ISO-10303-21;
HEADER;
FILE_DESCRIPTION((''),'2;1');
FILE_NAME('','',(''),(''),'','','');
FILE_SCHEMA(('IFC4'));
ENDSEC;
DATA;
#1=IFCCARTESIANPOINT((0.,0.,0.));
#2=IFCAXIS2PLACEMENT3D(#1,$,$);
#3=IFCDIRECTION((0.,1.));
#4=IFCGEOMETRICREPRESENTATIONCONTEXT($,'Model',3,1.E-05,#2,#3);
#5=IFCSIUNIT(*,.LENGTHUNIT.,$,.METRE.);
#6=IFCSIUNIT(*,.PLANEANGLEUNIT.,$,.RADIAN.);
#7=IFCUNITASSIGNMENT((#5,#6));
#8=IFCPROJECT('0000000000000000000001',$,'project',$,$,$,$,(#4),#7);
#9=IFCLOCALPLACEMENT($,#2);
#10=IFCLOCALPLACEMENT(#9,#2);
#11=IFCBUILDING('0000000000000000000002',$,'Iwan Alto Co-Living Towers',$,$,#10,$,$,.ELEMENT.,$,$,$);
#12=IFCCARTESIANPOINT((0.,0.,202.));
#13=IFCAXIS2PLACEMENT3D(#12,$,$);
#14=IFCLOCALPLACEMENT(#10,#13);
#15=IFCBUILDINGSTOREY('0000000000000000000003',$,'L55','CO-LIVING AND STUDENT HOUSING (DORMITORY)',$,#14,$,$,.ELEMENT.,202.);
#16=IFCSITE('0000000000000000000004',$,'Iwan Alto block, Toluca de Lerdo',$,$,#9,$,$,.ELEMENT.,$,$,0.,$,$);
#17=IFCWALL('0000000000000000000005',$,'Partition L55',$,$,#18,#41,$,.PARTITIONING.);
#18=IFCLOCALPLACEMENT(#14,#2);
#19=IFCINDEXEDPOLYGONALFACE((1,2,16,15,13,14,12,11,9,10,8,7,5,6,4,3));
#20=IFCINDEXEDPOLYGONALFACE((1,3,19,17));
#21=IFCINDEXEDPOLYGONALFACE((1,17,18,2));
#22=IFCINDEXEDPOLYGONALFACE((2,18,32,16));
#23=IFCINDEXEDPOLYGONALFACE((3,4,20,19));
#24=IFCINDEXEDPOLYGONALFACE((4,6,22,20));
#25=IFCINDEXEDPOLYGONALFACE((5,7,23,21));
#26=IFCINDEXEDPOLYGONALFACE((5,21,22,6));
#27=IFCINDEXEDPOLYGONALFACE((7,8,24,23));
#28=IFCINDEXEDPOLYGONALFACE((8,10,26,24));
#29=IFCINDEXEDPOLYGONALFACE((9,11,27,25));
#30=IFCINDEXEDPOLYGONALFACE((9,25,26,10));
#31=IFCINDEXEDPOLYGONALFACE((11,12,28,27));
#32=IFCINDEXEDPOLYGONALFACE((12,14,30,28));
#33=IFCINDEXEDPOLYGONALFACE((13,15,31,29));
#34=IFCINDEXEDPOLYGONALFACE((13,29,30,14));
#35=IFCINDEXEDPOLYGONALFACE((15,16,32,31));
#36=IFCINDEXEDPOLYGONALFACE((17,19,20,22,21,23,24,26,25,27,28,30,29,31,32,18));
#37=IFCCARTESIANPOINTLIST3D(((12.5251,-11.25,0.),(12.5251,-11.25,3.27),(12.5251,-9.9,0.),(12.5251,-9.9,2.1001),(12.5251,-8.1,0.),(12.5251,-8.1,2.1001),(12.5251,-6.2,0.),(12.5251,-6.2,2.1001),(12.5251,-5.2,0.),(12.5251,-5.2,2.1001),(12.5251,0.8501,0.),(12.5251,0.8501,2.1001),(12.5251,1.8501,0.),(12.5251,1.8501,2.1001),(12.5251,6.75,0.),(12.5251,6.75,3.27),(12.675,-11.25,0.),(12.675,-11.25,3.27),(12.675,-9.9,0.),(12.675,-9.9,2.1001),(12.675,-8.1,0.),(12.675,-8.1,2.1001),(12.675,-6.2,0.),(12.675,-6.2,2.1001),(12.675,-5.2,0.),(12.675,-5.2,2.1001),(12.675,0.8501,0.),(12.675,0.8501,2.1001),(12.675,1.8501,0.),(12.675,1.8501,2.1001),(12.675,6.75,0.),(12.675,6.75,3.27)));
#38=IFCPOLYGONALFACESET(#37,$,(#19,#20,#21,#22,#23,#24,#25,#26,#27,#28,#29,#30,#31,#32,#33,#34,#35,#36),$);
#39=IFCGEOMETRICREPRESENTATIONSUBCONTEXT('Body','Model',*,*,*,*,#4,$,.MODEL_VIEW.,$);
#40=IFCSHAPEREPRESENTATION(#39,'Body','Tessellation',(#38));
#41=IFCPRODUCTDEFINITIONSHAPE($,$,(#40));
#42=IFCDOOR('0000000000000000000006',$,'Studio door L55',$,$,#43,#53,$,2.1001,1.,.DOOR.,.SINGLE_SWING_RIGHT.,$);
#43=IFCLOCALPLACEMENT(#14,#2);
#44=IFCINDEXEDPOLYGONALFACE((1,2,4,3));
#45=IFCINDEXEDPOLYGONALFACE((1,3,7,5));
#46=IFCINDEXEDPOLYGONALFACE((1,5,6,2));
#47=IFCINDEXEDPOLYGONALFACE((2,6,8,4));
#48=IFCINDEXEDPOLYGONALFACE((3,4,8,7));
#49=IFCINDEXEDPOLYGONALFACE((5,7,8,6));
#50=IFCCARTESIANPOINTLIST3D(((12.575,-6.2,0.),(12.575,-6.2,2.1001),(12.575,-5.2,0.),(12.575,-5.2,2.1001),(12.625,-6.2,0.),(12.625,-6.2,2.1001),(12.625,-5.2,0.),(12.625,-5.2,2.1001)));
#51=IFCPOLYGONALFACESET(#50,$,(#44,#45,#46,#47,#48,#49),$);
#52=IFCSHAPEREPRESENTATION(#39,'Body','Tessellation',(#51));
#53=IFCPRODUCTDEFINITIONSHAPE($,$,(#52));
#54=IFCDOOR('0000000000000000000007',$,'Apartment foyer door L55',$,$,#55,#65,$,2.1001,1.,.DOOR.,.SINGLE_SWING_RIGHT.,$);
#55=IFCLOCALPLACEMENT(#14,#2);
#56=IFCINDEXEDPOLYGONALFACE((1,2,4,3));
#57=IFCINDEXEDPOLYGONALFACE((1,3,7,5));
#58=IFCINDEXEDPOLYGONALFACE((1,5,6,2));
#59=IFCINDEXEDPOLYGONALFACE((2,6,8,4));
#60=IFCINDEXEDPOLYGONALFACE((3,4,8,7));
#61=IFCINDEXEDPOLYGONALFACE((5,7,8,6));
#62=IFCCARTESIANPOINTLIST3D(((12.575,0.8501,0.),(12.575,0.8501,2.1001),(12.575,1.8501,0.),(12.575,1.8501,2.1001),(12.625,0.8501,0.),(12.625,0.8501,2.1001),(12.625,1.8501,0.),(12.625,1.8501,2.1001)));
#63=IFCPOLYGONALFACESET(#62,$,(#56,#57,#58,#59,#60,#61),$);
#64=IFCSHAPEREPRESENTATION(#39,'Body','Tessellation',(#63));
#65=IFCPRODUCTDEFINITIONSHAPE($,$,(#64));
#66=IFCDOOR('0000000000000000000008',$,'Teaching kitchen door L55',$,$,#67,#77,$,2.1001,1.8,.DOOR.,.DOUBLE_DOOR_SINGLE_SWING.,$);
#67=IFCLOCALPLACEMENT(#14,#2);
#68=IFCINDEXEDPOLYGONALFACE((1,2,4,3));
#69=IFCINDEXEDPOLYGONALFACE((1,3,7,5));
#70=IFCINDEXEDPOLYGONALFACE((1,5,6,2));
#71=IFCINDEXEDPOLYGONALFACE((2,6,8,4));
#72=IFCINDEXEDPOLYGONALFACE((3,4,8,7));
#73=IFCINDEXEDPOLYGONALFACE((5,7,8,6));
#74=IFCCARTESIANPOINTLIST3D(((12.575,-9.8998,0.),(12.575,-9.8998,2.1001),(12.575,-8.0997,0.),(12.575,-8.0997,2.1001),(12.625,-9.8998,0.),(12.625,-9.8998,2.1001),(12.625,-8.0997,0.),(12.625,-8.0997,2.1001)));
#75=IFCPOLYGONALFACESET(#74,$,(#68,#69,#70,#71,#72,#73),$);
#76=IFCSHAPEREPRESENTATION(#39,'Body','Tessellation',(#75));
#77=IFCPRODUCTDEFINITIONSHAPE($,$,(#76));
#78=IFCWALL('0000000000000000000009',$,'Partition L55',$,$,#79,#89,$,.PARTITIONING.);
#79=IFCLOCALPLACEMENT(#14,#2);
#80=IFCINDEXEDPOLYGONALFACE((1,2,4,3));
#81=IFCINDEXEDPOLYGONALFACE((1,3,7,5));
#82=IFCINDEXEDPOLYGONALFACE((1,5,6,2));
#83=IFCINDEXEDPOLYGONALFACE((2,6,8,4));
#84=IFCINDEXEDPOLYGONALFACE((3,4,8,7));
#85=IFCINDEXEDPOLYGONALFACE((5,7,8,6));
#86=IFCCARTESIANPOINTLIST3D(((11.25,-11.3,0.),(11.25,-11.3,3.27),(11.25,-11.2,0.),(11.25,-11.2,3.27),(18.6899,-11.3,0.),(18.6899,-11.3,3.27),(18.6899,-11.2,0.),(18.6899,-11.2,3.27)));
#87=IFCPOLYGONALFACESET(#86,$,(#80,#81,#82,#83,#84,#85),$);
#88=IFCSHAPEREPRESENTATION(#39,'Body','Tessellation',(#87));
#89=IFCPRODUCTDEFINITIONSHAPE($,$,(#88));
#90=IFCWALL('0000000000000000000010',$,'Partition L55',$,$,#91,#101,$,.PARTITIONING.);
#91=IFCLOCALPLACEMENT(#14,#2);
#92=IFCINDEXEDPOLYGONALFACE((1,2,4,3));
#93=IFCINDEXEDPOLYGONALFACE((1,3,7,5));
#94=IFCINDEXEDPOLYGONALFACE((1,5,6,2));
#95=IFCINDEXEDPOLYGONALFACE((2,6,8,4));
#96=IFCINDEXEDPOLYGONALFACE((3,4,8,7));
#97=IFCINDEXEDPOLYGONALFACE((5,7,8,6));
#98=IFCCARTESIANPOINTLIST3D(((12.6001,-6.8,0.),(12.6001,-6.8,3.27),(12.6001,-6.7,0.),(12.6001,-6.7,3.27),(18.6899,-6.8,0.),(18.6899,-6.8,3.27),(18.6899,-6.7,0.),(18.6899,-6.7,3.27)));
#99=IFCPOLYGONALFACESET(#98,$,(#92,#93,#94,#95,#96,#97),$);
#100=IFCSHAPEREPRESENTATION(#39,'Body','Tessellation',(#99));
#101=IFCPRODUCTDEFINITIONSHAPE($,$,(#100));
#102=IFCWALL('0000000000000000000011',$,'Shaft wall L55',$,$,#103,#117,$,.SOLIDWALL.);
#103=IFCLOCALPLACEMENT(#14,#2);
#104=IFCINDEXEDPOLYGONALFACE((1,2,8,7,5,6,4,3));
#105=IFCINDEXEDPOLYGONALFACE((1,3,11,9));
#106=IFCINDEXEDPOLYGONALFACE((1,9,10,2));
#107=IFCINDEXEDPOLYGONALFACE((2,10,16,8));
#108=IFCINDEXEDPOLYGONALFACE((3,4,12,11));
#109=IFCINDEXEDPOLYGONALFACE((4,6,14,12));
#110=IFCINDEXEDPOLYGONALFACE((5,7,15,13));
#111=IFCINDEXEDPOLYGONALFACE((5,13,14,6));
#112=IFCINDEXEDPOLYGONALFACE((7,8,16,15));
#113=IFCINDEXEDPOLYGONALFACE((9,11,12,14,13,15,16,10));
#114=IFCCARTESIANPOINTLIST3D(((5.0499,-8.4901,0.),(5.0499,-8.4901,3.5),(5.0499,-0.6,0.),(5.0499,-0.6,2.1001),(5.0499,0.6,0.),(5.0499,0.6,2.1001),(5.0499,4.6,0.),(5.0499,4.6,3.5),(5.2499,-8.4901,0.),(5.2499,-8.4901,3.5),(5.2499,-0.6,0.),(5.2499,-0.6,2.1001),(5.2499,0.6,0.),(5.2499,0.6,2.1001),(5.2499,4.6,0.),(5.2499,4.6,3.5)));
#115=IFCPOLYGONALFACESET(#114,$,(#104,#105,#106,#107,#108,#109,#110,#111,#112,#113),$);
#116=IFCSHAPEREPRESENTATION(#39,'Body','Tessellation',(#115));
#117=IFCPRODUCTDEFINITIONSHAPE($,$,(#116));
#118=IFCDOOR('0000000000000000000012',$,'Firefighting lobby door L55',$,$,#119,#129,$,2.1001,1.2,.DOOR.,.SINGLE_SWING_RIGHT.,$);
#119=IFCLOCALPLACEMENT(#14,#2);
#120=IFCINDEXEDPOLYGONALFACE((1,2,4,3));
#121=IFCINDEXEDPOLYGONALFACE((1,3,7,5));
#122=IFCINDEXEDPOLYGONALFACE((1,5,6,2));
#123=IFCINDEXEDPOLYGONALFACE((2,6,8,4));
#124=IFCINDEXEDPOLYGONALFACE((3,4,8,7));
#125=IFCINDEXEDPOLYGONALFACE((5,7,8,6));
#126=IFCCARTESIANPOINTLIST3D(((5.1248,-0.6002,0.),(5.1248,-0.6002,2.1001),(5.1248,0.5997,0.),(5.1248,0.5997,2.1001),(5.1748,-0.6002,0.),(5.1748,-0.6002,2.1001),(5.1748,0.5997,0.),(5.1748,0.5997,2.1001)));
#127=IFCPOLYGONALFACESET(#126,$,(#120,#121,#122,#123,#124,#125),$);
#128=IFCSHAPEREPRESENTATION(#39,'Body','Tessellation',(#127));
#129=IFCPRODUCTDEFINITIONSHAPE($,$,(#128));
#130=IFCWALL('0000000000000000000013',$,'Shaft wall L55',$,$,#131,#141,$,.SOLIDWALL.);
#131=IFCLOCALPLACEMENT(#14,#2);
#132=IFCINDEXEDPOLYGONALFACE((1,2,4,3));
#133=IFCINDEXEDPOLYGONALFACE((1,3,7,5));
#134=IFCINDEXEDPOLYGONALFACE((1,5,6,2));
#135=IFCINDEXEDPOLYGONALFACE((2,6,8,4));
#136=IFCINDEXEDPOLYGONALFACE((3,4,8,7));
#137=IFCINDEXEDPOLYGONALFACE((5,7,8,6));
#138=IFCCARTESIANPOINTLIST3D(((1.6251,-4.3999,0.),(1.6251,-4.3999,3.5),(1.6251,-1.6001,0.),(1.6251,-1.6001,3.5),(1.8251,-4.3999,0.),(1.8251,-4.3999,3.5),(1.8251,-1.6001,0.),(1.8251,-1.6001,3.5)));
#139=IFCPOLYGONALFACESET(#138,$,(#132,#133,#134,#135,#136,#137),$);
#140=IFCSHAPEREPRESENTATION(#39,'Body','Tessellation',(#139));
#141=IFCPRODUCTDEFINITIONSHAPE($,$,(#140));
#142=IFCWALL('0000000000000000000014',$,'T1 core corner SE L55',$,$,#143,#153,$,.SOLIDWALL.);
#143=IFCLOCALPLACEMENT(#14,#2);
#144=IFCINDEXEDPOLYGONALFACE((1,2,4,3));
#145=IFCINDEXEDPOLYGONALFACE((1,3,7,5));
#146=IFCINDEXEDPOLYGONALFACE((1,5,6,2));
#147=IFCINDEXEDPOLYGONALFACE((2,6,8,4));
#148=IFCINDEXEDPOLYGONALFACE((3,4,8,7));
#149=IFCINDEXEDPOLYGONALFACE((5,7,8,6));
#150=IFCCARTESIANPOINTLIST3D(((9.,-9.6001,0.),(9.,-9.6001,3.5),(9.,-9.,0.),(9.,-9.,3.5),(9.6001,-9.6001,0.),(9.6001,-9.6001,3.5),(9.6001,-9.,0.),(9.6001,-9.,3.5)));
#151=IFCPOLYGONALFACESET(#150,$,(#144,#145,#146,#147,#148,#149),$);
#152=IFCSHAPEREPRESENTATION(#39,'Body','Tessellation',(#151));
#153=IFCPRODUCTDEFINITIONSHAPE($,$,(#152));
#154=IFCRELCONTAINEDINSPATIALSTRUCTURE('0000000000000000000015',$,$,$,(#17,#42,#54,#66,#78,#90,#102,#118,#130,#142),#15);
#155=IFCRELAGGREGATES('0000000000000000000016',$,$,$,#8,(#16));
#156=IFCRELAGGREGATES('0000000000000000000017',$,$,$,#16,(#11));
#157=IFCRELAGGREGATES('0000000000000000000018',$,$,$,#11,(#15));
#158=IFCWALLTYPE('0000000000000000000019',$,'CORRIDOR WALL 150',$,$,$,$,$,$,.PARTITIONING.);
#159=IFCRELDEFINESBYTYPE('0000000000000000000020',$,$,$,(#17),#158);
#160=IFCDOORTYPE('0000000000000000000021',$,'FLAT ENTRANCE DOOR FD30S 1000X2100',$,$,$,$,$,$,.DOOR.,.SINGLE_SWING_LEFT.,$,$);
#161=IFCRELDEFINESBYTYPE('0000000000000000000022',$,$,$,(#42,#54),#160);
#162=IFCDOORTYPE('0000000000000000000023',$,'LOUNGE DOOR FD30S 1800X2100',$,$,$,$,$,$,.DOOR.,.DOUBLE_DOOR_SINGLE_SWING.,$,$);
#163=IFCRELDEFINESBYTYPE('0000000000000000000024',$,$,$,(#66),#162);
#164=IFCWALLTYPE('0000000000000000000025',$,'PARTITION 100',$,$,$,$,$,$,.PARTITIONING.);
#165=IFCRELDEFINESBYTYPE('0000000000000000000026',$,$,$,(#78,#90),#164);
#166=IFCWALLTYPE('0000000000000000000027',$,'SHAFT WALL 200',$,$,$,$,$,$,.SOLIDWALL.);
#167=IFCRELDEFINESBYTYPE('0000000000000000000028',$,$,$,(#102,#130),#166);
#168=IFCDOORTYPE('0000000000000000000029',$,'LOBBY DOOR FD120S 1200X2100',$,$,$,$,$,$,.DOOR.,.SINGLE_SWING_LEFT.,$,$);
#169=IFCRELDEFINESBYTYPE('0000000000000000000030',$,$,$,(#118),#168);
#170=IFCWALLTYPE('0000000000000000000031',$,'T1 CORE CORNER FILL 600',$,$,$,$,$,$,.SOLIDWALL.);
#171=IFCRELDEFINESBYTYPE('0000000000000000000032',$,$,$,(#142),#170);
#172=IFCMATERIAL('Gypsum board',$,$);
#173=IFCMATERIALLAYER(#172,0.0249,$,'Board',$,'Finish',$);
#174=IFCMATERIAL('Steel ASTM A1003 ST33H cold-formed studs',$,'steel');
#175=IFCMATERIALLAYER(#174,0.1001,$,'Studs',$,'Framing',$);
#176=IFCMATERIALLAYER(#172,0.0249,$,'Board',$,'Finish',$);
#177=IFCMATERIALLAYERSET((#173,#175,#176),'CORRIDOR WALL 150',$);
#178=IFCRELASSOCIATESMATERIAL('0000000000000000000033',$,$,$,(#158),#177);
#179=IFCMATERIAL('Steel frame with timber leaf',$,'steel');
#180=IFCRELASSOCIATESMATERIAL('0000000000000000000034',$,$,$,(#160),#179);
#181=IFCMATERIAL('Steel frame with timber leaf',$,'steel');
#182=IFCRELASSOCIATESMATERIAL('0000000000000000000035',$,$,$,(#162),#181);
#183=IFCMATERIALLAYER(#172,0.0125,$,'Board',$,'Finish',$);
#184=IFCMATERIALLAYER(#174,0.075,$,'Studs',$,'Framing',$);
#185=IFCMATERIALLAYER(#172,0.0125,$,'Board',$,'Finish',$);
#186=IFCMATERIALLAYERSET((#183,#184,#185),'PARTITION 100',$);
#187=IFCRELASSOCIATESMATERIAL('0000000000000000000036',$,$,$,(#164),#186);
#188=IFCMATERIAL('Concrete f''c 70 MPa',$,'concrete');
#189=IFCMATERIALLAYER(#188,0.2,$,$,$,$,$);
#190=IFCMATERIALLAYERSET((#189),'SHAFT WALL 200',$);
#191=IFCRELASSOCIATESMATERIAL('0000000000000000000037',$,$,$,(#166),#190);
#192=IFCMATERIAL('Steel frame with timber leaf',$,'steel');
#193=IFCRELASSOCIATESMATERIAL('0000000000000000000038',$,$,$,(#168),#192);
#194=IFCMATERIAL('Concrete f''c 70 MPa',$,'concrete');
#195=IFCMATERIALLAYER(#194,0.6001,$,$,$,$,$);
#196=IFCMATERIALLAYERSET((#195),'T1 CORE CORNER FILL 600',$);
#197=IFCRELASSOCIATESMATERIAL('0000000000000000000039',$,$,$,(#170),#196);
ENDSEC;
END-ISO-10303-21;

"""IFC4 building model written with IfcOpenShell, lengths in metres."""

from ifc_helpers import new_model, si_unit, direction, frame, frame_2d, origin, place, context, subcontext, project, spatial, rectangle, extrude, material, layer, layer_set, type_object, element, fill, save


model = new_model("IFC4")

# Units and contexts
model_context = context("Model", 3, precision=1e-05, world=origin(), true_north=direction((0.0, 1.0)))
body_context = subcontext(model_context, "Body", "Model", "MODEL_VIEW")
ifc_project = project(units=[si_unit("LENGTHUNIT", "METRE"), si_unit("PLANEANGLEUNIT", "RADIAN")], contexts=[model_context])

# Site, building, storey
site_placement = place(None, origin())
site = spatial("IfcSite", under=ifc_project, at=site_placement, Name="Iwan Alto block, Toluca de Lerdo", CompositionType="ELEMENT", RefElevation=0.0)
building_placement = place(site_placement, origin())
building = spatial("IfcBuilding", under=site, at=building_placement, Name="Iwan Alto Co-Living Towers", CompositionType="ELEMENT")
storey_placement = place(building_placement, frame((0.0, 0.0, 202.0)))
storey = spatial("IfcBuildingStorey", under=building, at=storey_placement, Name="L55", Description="CO-LIVING AND STUDENT HOUSING (DORMITORY)", CompositionType="ELEMENT", Elevation=202.0)

# Wall, openings, doors
ifc_material_1 = material(Name="Gypsum board")
ifc_layer_1 = layer(ifc_material_1, 0.0249, Name="Board", Category="Finish")
ifc_material_2 = material(Name="Steel ASTM A1003 ST33H cold-formed studs", Category="steel")
ifc_layer_2 = layer(ifc_material_2, 0.1001, Name="Studs", Category="Framing")
ifc_layer_3 = layer(ifc_material_1, 0.0249, Name="Board", Category="Finish")
ifc_layer_set_1 = layer_set([ifc_layer_1, ifc_layer_2, ifc_layer_3], Name="CORRIDOR WALL 150")
wall_type_1 = type_object("IfcWallType", Name="CORRIDOR WALL 150", PredefinedType="PARTITIONING", material=ifc_layer_set_1)
wall_1_placement = place(storey_placement, frame((12.6001, -11.25, 0.0), z_axis=(0.0, 0.0, 1.0), x_axis=(0.0, 1.0, 0.0)))
wall_1 = element("IfcWall", 1, at=wall_1_placement, inside=storey, type_object=wall_type_1, Name="Partition L55", PredefinedType="PARTITIONING", context=body_context, shape_type="SweptSolid", body=[
    extrude(rectangle(XDim=18.0, YDim=0.1499, at=frame_2d((9.0, 0.0))), origin(), (0.0, 0.0, 1.0), 3.27),
])
opening_1_placement = place(wall_1_placement, frame((1.3501, 0.0, 0.0)))
opening_1 = element("IfcOpeningElement", 2, at=opening_1_placement, cuts=wall_1, PredefinedType="OPENING", context=body_context, shape_type="SweptSolid", body=[
    extrude(rectangle(XDim=1.8, YDim=2.1001, at=frame_2d((0.8999, 1.05))), frame((0.0, 0.085, 0.0), z_axis=(0.0, -1.0, 0.0), x_axis=(1.0, 0.0, 0.0)), (0.0, 0.0, 1.0), 0.1699),
])
opening_2_placement = place(wall_1_placement, frame((5.05, 0.0, 0.0)))
opening_2 = element("IfcOpeningElement", 3, at=opening_2_placement, cuts=wall_1, PredefinedType="OPENING", context=body_context, shape_type="SweptSolid", body=[
    extrude(rectangle(XDim=1.0, YDim=2.1001, at=frame_2d((0.5, 1.05))), frame((0.0, 0.085, 0.0), z_axis=(0.0, -1.0, 0.0), x_axis=(1.0, 0.0, 0.0)), (0.0, 0.0, 1.0), 0.1699),
])
opening_3_placement = place(wall_1_placement, frame((12.1001, 0.0, 0.0)))
opening_3 = element("IfcOpeningElement", 4, at=opening_3_placement, cuts=wall_1, PredefinedType="OPENING", context=body_context, shape_type="SweptSolid", body=[
    extrude(rectangle(XDim=1.0, YDim=2.1001, at=frame_2d((0.5, 1.05))), frame((0.0, 0.085, 0.0), z_axis=(0.0, -1.0, 0.0), x_axis=(1.0, 0.0, 0.0)), (0.0, 0.0, 1.0), 0.1699),
])
ifc_material_3 = material(Name="Steel frame with timber leaf", Category="steel")
door_type_1 = type_object("IfcDoorType", Name="FLAT ENTRANCE DOOR FD30S 1000X2100", OperationType="SINGLE_SWING_LEFT", PredefinedType="DOOR", material=ifc_material_3)
door_1_placement = place(opening_2_placement, frame((1.0, 0.0, 0.0), z_axis=(0.0, 0.0, 1.0), x_axis=(-1.0, 0.0, 0.0)))
door_1 = element("IfcDoor", 5, at=door_1_placement, inside=storey, type_object=door_type_1, Name="Studio door L55", OperationType="SINGLE_SWING_RIGHT", OverallHeight=2.1001, OverallWidth=1.0, PredefinedType="DOOR", context=body_context, shape_type="SweptSolid", body=[
    extrude(rectangle(XDim=1.0, YDim=2.1001, at=frame_2d((0.5, 1.05))), frame((0.0, 0.0249, 0.0), z_axis=(0.0, -1.0, 0.0), x_axis=(1.0, 0.0, 0.0)), (0.0, 0.0, 1.0), 0.05),
])
fill(opening_2, door_1)
door_2_placement = place(opening_3_placement, frame((1.0, 0.0, 0.0), z_axis=(0.0, 0.0, 1.0), x_axis=(-1.0, 0.0, 0.0)))
door_2 = element("IfcDoor", 6, at=door_2_placement, inside=storey, type_object=door_type_1, Name="Apartment foyer door L55", OperationType="SINGLE_SWING_RIGHT", OverallHeight=2.1001, OverallWidth=1.0, PredefinedType="DOOR", context=body_context, shape_type="SweptSolid", body=[
    extrude(rectangle(XDim=1.0, YDim=2.1001, at=frame_2d((0.5, 1.05))), frame((0.0, 0.0249, 0.0), z_axis=(0.0, -1.0, 0.0), x_axis=(1.0, 0.0, 0.0)), (0.0, 0.0, 1.0), 0.05),
])
fill(opening_3, door_2)
ifc_material_4 = material(Name="Steel frame with timber leaf", Category="steel")
door_type_2 = type_object("IfcDoorType", Name="LOUNGE DOOR FD30S 1800X2100", OperationType="DOUBLE_DOOR_SINGLE_SWING", PredefinedType="DOOR", material=ifc_material_4)
door_3_placement = place(opening_1_placement, frame((1.8, 0.0, 0.0), z_axis=(0.0, 0.0, 1.0), x_axis=(-1.0, 0.0, 0.0)))
door_3 = element("IfcDoor", 7, at=door_3_placement, inside=storey, type_object=door_type_2, Name="Teaching kitchen door L55", OperationType="DOUBLE_DOOR_SINGLE_SWING", OverallHeight=2.1001, OverallWidth=1.8, PredefinedType="DOOR", context=body_context, shape_type="SweptSolid", body=[
    extrude(rectangle(XDim=1.8, YDim=2.1001, at=frame_2d((0.8999, 1.05))), frame((0.0, 0.0249, 0.0), z_axis=(0.0, -1.0, 0.0), x_axis=(1.0, 0.0, 0.0)), (0.0, 0.0, 1.0), 0.05),
])
fill(opening_1, door_3)

# Walls
ifc_layer_4 = layer(ifc_material_1, 0.0125, Name="Board", Category="Finish")
ifc_layer_5 = layer(ifc_material_2, 0.075, Name="Studs", Category="Framing")
ifc_layer_6 = layer(ifc_material_1, 0.0125, Name="Board", Category="Finish")
ifc_layer_set_2 = layer_set([ifc_layer_4, ifc_layer_5, ifc_layer_6], Name="PARTITION 100")
wall_type_2 = type_object("IfcWallType", Name="PARTITION 100", PredefinedType="PARTITIONING", material=ifc_layer_set_2)
wall_2_placement = place(storey_placement, frame((11.25, -11.25, 0.0), z_axis=(0.0, 0.0, 1.0), x_axis=(1.0, 0.0, 0.0)))
element("IfcWall", 8, at=wall_2_placement, inside=storey, type_object=wall_type_2, Name="Partition L55", PredefinedType="PARTITIONING", context=body_context, shape_type="SweptSolid", body=[
    extrude(rectangle(XDim=7.4399, YDim=0.1001, at=frame_2d((3.72, 0.0))), origin(), (0.0, 0.0, 1.0), 3.27),
])
wall_3_placement = place(storey_placement, frame((12.6001, -6.75, 0.0), z_axis=(0.0, 0.0, 1.0), x_axis=(1.0, 0.0, 0.0)))
element("IfcWall", 9, at=wall_3_placement, inside=storey, type_object=wall_type_2, Name="Partition L55", PredefinedType="PARTITIONING", context=body_context, shape_type="SweptSolid", body=[
    extrude(rectangle(XDim=6.0898, YDim=0.1001, at=frame_2d((3.0449, 0.0))), origin(), (0.0, 0.0, 1.0), 3.27),
])

# Wall, opening, door
ifc_material_5 = material(Name="Concrete f'c 70 MPa", Category="concrete")
ifc_layer_7 = layer(ifc_material_5, 0.2)
ifc_layer_set_3 = layer_set([ifc_layer_7], Name="SHAFT WALL 200")
wall_type_3 = type_object("IfcWallType", Name="SHAFT WALL 200", PredefinedType="SOLIDWALL", material=ifc_layer_set_3)
wall_4_placement = place(storey_placement, frame((5.1499, -8.49, 0.0), z_axis=(0.0, 0.0, 1.0), x_axis=(0.0, 1.0, 0.0)))
wall_4 = element("IfcWall", 10, at=wall_4_placement, inside=storey, type_object=wall_type_3, Name="Shaft wall L55", PredefinedType="SOLIDWALL", context=body_context, shape_type="SweptSolid", body=[
    extrude(rectangle(XDim=13.0901, YDim=0.2, at=frame_2d((6.5449, 0.0))), origin(), (0.0, 0.0, 1.0), 3.5),
])
opening_4_placement = place(wall_4_placement, frame((7.8899, 0.0, 0.0)))
opening_4 = element("IfcOpeningElement", 11, at=opening_4_placement, cuts=wall_4, PredefinedType="OPENING", context=body_context, shape_type="SweptSolid", body=[
    extrude(rectangle(XDim=1.2, YDim=2.1001, at=frame_2d((0.6001, 1.05))), frame((0.0, 0.1099, 0.0), z_axis=(0.0, -1.0, 0.0), x_axis=(1.0, 0.0, 0.0)), (0.0, 0.0, 1.0), 0.22),
])
ifc_material_6 = material(Name="Steel frame with timber leaf", Category="steel")
door_type_3 = type_object("IfcDoorType", Name="LOBBY DOOR FD120S 1200X2100", OperationType="SINGLE_SWING_LEFT", PredefinedType="DOOR", material=ifc_material_6)
door_4_placement = place(opening_4_placement, frame((1.2, 0.0, 0.0), z_axis=(0.0, 0.0, 1.0), x_axis=(-1.0, 0.0, 0.0)))
door_4 = element("IfcDoor", 12, at=door_4_placement, inside=storey, type_object=door_type_3, Name="Firefighting lobby door L55", OperationType="SINGLE_SWING_RIGHT", OverallHeight=2.1001, OverallWidth=1.2, PredefinedType="DOOR", context=body_context, shape_type="SweptSolid", body=[
    extrude(rectangle(XDim=1.2, YDim=2.1001, at=frame_2d((0.6001, 1.05))), frame((0.0, 0.0249, 0.0), z_axis=(0.0, -1.0, 0.0), x_axis=(1.0, 0.0, 0.0)), (0.0, 0.0, 1.0), 0.05),
])
fill(opening_4, door_4)

# Walls
wall_5_placement = place(storey_placement, frame((1.7251, -4.3999, 0.0), z_axis=(0.0, 0.0, 1.0), x_axis=(0.0, 1.0, 0.0)))
element("IfcWall", 13, at=wall_5_placement, inside=storey, type_object=wall_type_3, Name="Shaft wall L55", PredefinedType="SOLIDWALL", context=body_context, shape_type="SweptSolid", body=[
    extrude(rectangle(XDim=2.7998, YDim=0.2, at=frame_2d((1.3999, 0.0))), origin(), (0.0, 0.0, 1.0), 3.5),
])
ifc_material_7 = material(Name="Concrete f'c 70 MPa", Category="concrete")
ifc_layer_8 = layer(ifc_material_7, 0.6001)
ifc_layer_set_4 = layer_set([ifc_layer_8], Name="T1 CORE CORNER FILL 600")
wall_type_4 = type_object("IfcWallType", Name="T1 CORE CORNER FILL 600", PredefinedType="SOLIDWALL", material=ifc_layer_set_4)
wall_6_placement = place(storey_placement, frame((9.0, -9.3, 0.0), z_axis=(0.0, 0.0, 1.0), x_axis=(1.0, 0.0, 0.0)))
element("IfcWall", 14, at=wall_6_placement, inside=storey, type_object=wall_type_4, Name="T1 core corner SE L55", PredefinedType="SOLIDWALL", context=body_context, shape_type="SweptSolid", body=[
    extrude(rectangle(XDim=0.6001, YDim=0.6001, at=frame_2d((0.3, 0.0))), origin(), (0.0, 0.0, 1.0), 3.5),
])

save(model, "model.ifc")
